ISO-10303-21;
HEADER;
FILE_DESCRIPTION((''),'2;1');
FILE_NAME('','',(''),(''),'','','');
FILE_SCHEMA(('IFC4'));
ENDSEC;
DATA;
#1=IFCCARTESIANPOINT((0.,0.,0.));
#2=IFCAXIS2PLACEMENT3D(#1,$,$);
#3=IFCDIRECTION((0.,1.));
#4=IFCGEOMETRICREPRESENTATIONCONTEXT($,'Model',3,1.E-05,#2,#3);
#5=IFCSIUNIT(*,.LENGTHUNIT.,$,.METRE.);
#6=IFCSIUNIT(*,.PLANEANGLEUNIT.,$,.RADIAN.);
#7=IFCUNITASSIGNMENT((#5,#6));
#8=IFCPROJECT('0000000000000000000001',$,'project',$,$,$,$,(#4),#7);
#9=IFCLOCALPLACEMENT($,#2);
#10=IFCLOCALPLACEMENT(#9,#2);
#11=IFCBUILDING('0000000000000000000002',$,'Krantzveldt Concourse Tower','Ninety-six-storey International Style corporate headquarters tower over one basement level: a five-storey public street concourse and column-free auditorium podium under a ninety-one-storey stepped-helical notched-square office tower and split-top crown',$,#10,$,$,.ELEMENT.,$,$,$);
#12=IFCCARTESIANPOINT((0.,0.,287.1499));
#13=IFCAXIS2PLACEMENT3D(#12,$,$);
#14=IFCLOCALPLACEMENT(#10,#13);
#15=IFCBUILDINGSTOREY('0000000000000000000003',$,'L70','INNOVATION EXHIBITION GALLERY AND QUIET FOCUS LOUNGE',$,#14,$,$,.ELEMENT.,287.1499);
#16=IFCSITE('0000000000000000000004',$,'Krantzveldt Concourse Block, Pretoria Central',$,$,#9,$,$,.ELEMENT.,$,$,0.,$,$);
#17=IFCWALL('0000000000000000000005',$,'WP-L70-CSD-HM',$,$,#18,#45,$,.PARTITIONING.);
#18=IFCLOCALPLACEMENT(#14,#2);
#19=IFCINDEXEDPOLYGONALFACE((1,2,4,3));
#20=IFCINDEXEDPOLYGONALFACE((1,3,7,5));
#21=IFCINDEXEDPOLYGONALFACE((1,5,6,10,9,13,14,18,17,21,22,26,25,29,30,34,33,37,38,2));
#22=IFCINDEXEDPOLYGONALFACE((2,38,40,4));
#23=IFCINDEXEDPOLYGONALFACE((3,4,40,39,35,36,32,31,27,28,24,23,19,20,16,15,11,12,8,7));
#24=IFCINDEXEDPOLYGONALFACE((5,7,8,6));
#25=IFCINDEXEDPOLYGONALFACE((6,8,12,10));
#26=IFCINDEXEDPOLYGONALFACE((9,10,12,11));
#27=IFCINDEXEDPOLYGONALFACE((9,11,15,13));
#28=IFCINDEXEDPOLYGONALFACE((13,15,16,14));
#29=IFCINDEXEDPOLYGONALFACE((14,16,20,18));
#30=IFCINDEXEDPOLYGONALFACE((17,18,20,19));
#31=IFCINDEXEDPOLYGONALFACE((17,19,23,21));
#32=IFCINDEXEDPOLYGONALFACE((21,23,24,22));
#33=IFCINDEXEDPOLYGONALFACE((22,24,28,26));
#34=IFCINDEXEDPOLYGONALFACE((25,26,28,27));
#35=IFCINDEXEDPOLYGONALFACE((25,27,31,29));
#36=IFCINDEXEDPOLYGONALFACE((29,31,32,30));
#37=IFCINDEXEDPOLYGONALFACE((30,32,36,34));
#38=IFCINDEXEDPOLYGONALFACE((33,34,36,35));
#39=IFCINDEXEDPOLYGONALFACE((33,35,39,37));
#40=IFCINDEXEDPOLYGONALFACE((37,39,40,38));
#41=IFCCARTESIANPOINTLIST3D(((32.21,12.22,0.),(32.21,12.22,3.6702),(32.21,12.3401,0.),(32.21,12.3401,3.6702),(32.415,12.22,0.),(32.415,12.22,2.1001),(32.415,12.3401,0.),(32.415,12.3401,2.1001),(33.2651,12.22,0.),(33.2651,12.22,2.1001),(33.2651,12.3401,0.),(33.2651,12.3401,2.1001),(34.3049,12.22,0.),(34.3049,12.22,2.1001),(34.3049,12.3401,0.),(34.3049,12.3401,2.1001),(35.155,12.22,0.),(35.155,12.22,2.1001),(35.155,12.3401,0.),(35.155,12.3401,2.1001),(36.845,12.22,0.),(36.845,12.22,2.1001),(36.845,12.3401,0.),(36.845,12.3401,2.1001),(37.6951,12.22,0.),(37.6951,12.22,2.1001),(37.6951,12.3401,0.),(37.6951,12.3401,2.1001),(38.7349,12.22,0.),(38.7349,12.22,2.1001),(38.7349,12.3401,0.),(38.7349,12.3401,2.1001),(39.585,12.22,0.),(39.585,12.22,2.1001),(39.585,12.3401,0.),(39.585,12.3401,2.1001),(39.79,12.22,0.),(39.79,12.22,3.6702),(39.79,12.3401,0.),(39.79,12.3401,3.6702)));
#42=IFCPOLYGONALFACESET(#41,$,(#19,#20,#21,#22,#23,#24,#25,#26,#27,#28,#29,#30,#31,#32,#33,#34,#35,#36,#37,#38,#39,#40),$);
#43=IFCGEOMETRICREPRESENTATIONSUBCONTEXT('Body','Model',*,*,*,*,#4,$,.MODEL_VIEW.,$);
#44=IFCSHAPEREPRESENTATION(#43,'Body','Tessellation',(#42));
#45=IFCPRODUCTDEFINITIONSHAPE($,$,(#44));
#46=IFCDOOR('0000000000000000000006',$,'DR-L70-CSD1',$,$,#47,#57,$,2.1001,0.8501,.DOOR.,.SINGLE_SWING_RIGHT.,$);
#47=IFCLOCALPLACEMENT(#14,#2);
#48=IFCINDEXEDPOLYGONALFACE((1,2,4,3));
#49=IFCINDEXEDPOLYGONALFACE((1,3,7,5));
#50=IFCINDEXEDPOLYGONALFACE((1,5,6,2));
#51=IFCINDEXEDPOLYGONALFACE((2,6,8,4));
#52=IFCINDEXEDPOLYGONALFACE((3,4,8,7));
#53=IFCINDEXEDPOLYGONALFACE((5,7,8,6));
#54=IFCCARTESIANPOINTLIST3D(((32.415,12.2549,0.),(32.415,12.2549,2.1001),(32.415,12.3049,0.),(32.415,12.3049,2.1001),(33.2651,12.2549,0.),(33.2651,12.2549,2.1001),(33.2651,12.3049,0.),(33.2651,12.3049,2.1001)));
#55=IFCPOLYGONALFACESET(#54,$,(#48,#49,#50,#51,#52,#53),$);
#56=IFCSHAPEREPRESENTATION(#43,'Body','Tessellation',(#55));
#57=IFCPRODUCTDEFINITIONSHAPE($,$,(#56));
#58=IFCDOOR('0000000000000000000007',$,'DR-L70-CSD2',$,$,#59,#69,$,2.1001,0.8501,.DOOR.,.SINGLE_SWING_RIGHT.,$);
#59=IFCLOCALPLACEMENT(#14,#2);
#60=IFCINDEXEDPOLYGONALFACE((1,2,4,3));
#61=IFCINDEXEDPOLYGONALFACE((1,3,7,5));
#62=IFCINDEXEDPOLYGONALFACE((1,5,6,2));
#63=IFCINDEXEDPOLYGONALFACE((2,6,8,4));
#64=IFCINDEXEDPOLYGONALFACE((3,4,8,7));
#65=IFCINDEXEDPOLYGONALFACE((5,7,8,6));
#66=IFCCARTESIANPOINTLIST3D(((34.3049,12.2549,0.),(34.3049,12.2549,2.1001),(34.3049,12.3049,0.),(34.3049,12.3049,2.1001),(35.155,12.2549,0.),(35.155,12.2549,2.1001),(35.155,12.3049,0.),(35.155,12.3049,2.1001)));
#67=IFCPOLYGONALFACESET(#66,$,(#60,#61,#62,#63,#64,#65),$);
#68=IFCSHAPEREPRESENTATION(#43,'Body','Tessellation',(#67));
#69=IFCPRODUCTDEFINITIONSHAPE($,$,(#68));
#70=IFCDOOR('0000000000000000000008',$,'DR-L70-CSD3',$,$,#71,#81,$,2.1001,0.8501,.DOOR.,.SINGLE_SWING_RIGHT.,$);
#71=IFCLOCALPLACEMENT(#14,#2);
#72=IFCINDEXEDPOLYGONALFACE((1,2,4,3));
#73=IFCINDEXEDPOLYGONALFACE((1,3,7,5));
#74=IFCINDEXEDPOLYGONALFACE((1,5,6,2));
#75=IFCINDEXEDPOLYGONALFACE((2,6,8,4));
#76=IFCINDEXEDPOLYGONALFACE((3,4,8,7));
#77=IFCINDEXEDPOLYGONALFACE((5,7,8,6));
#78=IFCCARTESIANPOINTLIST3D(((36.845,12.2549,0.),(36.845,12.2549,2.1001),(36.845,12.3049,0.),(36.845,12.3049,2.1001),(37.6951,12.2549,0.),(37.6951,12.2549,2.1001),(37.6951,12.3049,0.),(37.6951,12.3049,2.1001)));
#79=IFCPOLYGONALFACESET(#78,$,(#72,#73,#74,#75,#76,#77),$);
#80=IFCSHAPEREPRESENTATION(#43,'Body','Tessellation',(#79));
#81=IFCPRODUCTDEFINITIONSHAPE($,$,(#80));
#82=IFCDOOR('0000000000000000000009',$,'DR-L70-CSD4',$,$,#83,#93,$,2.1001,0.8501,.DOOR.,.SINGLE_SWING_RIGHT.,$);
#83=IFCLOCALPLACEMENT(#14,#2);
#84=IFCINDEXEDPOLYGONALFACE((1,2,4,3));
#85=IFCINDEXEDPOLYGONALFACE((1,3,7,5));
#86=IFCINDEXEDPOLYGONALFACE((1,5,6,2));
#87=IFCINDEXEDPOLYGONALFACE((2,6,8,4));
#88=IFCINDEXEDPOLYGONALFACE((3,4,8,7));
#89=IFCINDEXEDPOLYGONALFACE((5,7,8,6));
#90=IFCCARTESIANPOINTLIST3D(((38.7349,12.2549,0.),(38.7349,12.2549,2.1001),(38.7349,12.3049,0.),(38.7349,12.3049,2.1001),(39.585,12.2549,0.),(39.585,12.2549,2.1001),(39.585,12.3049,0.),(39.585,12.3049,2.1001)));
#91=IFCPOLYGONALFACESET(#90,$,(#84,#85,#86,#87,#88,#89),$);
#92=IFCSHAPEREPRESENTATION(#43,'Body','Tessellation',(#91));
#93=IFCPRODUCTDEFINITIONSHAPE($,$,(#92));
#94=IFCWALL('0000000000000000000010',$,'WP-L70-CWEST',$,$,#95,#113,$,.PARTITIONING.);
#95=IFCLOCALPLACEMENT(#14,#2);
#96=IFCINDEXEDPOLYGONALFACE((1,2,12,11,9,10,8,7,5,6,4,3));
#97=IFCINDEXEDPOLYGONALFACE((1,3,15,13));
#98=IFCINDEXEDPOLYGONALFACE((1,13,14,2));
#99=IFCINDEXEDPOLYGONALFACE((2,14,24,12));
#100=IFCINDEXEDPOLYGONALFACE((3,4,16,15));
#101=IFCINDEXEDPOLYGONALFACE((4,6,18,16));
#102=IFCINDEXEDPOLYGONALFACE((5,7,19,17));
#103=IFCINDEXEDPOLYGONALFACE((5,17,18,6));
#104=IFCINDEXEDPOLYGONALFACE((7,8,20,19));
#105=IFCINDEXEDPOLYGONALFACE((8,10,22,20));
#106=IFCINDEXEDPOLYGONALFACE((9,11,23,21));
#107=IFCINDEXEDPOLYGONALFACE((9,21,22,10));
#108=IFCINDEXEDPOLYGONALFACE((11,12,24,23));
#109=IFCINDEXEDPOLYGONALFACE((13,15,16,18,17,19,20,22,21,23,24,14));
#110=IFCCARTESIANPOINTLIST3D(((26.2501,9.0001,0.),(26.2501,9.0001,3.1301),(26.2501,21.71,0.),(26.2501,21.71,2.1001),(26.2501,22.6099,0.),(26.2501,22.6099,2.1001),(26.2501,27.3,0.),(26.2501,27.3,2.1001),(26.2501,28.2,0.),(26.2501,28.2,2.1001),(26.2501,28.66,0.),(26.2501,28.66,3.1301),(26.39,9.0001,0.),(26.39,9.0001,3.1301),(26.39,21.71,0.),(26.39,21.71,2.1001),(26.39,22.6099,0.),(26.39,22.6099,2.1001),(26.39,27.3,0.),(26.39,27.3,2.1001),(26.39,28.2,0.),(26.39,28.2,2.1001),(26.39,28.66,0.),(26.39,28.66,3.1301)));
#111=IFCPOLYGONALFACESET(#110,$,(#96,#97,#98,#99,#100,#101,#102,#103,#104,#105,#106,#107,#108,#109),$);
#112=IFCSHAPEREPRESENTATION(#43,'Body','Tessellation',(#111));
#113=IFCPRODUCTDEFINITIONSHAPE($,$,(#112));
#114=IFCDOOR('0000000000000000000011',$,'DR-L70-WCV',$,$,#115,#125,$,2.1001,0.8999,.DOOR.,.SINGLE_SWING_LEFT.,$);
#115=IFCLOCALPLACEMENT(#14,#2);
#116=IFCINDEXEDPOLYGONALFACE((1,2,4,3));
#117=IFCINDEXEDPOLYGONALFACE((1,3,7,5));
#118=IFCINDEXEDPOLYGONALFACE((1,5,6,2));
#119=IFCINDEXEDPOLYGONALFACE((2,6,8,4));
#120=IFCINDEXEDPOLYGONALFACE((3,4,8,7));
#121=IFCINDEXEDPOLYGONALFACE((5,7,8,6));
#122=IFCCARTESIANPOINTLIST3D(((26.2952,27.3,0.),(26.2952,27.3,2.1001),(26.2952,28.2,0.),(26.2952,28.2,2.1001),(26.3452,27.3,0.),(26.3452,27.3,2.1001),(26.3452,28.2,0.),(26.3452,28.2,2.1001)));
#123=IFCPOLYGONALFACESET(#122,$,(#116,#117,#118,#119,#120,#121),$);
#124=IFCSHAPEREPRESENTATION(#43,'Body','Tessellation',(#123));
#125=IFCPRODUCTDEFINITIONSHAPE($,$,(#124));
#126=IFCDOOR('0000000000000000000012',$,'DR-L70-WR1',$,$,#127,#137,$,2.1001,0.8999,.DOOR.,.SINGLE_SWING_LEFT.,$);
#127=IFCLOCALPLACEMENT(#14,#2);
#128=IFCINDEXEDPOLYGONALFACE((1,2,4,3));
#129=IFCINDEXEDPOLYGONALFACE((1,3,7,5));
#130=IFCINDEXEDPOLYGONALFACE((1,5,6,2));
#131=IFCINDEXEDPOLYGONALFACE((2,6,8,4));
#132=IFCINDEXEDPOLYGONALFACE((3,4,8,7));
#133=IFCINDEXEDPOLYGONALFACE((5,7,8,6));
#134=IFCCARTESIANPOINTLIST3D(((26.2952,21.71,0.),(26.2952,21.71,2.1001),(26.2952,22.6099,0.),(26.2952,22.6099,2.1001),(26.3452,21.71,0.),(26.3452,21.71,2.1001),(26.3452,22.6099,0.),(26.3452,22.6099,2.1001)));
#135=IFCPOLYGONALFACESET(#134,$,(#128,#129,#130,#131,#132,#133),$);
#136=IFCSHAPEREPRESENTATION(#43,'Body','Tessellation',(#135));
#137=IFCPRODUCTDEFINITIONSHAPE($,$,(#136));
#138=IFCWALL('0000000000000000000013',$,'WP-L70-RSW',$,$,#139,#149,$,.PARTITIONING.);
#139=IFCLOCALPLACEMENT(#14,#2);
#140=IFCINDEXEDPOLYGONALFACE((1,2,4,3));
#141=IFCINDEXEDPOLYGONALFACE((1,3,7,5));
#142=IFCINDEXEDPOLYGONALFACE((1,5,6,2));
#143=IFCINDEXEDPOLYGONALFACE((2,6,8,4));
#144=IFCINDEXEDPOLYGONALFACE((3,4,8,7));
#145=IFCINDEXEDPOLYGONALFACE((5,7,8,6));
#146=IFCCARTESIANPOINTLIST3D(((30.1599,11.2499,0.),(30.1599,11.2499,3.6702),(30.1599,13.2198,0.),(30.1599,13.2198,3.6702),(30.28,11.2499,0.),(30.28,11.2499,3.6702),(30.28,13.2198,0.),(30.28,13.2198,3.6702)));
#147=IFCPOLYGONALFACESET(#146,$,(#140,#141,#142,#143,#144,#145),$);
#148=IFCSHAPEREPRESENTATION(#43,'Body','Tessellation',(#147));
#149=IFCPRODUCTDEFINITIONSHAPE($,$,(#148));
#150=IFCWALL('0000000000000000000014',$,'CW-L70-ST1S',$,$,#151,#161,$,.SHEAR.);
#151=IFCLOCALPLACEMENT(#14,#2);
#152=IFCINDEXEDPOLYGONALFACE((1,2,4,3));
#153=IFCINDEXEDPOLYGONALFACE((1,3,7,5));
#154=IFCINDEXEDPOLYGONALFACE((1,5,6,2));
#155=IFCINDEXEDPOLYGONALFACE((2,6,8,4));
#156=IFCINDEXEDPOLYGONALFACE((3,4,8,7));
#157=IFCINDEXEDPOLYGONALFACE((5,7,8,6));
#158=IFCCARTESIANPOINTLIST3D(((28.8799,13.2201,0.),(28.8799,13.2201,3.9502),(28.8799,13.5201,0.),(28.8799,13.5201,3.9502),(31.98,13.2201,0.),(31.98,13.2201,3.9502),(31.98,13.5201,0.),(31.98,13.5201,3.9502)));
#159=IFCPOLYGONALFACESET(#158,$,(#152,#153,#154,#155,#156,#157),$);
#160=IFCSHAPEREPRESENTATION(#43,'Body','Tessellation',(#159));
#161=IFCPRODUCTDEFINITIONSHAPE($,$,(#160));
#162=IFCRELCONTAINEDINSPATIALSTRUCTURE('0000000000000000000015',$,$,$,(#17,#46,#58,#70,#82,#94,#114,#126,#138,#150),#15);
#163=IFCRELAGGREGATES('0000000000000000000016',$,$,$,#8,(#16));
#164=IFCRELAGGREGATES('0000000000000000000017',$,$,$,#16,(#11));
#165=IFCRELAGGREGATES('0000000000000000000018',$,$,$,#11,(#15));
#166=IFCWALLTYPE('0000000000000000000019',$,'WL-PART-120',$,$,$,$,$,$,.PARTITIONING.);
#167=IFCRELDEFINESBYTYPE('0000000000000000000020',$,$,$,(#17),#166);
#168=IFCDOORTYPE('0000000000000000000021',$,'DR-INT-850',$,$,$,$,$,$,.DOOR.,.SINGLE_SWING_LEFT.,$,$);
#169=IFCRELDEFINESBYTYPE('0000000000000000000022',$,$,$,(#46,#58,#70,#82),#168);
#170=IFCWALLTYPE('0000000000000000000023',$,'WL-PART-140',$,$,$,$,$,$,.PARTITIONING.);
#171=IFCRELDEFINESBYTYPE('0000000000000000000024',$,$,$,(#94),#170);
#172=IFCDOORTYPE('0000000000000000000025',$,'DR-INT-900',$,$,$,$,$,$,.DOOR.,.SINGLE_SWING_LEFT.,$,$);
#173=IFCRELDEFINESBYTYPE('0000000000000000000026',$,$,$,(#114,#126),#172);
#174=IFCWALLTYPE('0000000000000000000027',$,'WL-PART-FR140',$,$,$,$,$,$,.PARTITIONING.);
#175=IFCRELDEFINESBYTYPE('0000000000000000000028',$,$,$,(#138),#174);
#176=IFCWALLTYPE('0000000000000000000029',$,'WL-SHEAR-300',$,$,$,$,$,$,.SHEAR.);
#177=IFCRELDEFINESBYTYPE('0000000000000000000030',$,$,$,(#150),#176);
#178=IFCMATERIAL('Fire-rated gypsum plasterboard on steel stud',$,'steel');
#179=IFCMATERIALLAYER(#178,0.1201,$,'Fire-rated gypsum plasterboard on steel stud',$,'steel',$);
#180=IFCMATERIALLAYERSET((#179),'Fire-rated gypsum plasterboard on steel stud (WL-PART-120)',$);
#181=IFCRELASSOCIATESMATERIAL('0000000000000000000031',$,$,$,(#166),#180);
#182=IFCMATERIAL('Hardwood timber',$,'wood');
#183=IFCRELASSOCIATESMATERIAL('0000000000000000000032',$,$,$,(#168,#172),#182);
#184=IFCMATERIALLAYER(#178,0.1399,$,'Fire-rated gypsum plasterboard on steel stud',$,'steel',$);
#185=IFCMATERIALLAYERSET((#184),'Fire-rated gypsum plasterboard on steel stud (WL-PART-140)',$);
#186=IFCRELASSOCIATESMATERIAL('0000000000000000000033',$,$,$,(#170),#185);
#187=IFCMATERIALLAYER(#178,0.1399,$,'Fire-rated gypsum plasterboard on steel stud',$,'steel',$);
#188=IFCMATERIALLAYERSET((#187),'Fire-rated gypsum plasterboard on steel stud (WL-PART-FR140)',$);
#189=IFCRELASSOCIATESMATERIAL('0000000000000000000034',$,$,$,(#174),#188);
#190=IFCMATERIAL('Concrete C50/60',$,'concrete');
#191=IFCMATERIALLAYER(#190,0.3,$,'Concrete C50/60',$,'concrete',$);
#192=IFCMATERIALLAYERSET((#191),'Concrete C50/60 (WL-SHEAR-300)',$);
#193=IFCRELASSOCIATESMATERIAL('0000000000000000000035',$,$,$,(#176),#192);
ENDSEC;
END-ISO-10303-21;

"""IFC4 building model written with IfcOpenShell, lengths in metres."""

from ifc_helpers import new_model, si_unit, direction, frame, frame_2d, origin, place, context, subcontext, project, spatial, rectangle, extrude, material, layer, layer_set, type_object, element, fill, save


model = new_model("IFC4")

# Units and contexts
model_context = context("Model", 3, precision=1e-05, world=origin(), true_north=direction((0.0, 1.0)))
body_context = subcontext(model_context, "Body", "Model", "MODEL_VIEW")
ifc_project = project(units=[si_unit("LENGTHUNIT", "METRE"), si_unit("PLANEANGLEUNIT", "RADIAN")], contexts=[model_context])

# Site, building, storey
site_placement = place(None, origin())
site = spatial("IfcSite", under=ifc_project, at=site_placement, Name="Krantzveldt Concourse Block, Pretoria Central", CompositionType="ELEMENT", RefElevation=0.0)
building_placement = place(site_placement, origin())
building = spatial("IfcBuilding", under=site, at=building_placement, Name="Krantzveldt Concourse Tower", Description="Ninety-six-storey International Style corporate headquarters tower over one basement level: a five-storey public street concourse and column-free auditorium podium under a ninety-one-storey stepped-helical notched-square office tower and split-top crown", CompositionType="ELEMENT")
storey_placement = place(building_placement, frame((0.0, 0.0, 287.1499)))
storey = spatial("IfcBuildingStorey", under=building, at=storey_placement, Name="L70", Description="INNOVATION EXHIBITION GALLERY AND QUIET FOCUS LOUNGE", CompositionType="ELEMENT", Elevation=287.1499)

# Shared definitions
ifc_material_1 = material(Name="Fire-rated gypsum plasterboard on steel stud", Category="steel")
ifc_layer_1 = layer(ifc_material_1, 0.1201, Name="Fire-rated gypsum plasterboard on steel stud", Category="steel")
ifc_layer_set_1 = layer_set([ifc_layer_1], Name="Fire-rated gypsum plasterboard on steel stud (WL-PART-120)")
wall_type_1 = type_object("IfcWallType", Name="WL-PART-120", PredefinedType="PARTITIONING", material=ifc_layer_set_1)
ifc_material_2 = material(Name="Hardwood timber", Category="wood")
door_type_1 = type_object("IfcDoorType", Name="DR-INT-850", OperationType="SINGLE_SWING_LEFT", PredefinedType="DOOR", material=ifc_material_2)

# Walls, openings, doors
wall_1_placement = place(storey_placement, frame((32.21, 12.28, 0.0), z_axis=(0.0, 0.0, 1.0), x_axis=(1.0, 0.0, 0.0)))
wall_1 = element("IfcWall", 1, at=wall_1_placement, inside=storey, type_object=wall_type_1, Name="WP-L70-CSD-HM", PredefinedType="PARTITIONING", context=body_context, shape_type="SweptSolid", body=[
    extrude(rectangle(XDim=7.5801, YDim=0.1201, at=frame_2d((3.79, 0.0))), origin(), (0.0, 0.0, 1.0), 3.6702),
])
opening_1_placement = place(wall_1_placement, frame((0.2051, 0.0, 0.0)))
opening_1 = element("IfcOpeningElement", 2, at=opening_1_placement, cuts=wall_1, PredefinedType="OPENING", context=body_context, shape_type="SweptSolid", body=[
    extrude(rectangle(XDim=0.8501, YDim=2.1001, at=frame_2d((0.425, 1.05))), frame((0.0, 0.0701, 0.0), z_axis=(0.0, -1.0, 0.0), x_axis=(1.0, 0.0, 0.0)), (0.0, 0.0, 1.0), 0.1401),
])
opening_2_placement = place(wall_1_placement, frame((2.095, 0.0, 0.0)))
opening_2 = element("IfcOpeningElement", 3, at=opening_2_placement, cuts=wall_1, PredefinedType="OPENING", context=body_context, shape_type="SweptSolid", body=[
    extrude(rectangle(XDim=0.8501, YDim=2.1001, at=frame_2d((0.425, 1.05))), frame((0.0, 0.0701, 0.0), z_axis=(0.0, -1.0, 0.0), x_axis=(1.0, 0.0, 0.0)), (0.0, 0.0, 1.0), 0.1401),
])
opening_3_placement = place(wall_1_placement, frame((4.635, 0.0, 0.0)))
opening_3 = element("IfcOpeningElement", 4, at=opening_3_placement, cuts=wall_1, PredefinedType="OPENING", context=body_context, shape_type="SweptSolid", body=[
    extrude(rectangle(XDim=0.8501, YDim=2.1001, at=frame_2d((0.425, 1.05))), frame((0.0, 0.0701, 0.0), z_axis=(0.0, -1.0, 0.0), x_axis=(1.0, 0.0, 0.0)), (0.0, 0.0, 1.0), 0.1401),
])
opening_4_placement = place(wall_1_placement, frame((6.5249, 0.0, 0.0)))
opening_4 = element("IfcOpeningElement", 5, at=opening_4_placement, cuts=wall_1, PredefinedType="OPENING", context=body_context, shape_type="SweptSolid", body=[
    extrude(rectangle(XDim=0.8501, YDim=2.1001, at=frame_2d((0.425, 1.05))), frame((0.0, 0.0701, 0.0), z_axis=(0.0, -1.0, 0.0), x_axis=(1.0, 0.0, 0.0)), (0.0, 0.0, 1.0), 0.1401),
])
door_1_placement = place(opening_1_placement, origin())
door_1 = element("IfcDoor", 6, at=door_1_placement, inside=storey, type_object=door_type_1, Name="DR-L70-CSD1", OperationType="SINGLE_SWING_RIGHT", OverallHeight=2.1001, OverallWidth=0.8501, PredefinedType="DOOR", context=body_context, shape_type="SweptSolid", body=[
    extrude(rectangle(XDim=0.8501, YDim=2.1001, at=frame_2d((0.425, 1.05))), frame((0.0, 0.0249, 0.0), z_axis=(0.0, -1.0, 0.0), x_axis=(1.0, 0.0, 0.0)), (0.0, 0.0, 1.0), 0.05),
])
fill(opening_1, door_1)
door_2_placement = place(opening_2_placement, origin())
door_2 = element("IfcDoor", 7, at=door_2_placement, inside=storey, type_object=door_type_1, Name="DR-L70-CSD2", OperationType="SINGLE_SWING_RIGHT", OverallHeight=2.1001, OverallWidth=0.8501, PredefinedType="DOOR", context=body_context, shape_type="SweptSolid", body=[
    extrude(rectangle(XDim=0.8501, YDim=2.1001, at=frame_2d((0.425, 1.05))), frame((0.0, 0.0249, 0.0), z_axis=(0.0, -1.0, 0.0), x_axis=(1.0, 0.0, 0.0)), (0.0, 0.0, 1.0), 0.05),
])
fill(opening_2, door_2)
door_3_placement = place(opening_3_placement, origin())
door_3 = element("IfcDoor", 8, at=door_3_placement, inside=storey, type_object=door_type_1, Name="DR-L70-CSD3", OperationType="SINGLE_SWING_RIGHT", OverallHeight=2.1001, OverallWidth=0.8501, PredefinedType="DOOR", context=body_context, shape_type="SweptSolid", body=[
    extrude(rectangle(XDim=0.8501, YDim=2.1001, at=frame_2d((0.425, 1.05))), frame((0.0, 0.0249, 0.0), z_axis=(0.0, -1.0, 0.0), x_axis=(1.0, 0.0, 0.0)), (0.0, 0.0, 1.0), 0.05),
])
fill(opening_3, door_3)
door_4_placement = place(opening_4_placement, origin())
door_4 = element("IfcDoor", 9, at=door_4_placement, inside=storey, type_object=door_type_1, Name="DR-L70-CSD4", OperationType="SINGLE_SWING_RIGHT", OverallHeight=2.1001, OverallWidth=0.8501, PredefinedType="DOOR", context=body_context, shape_type="SweptSolid", body=[
    extrude(rectangle(XDim=0.8501, YDim=2.1001, at=frame_2d((0.425, 1.05))), frame((0.0, 0.0249, 0.0), z_axis=(0.0, -1.0, 0.0), x_axis=(1.0, 0.0, 0.0)), (0.0, 0.0, 1.0), 0.05),
])
fill(opening_4, door_4)
ifc_layer_2 = layer(ifc_material_1, 0.1399, Name="Fire-rated gypsum plasterboard on steel stud", Category="steel")
ifc_layer_set_2 = layer_set([ifc_layer_2], Name="Fire-rated gypsum plasterboard on steel stud (WL-PART-140)")
wall_type_2 = type_object("IfcWallType", Name="WL-PART-140", PredefinedType="PARTITIONING", material=ifc_layer_set_2)
wall_2_placement = place(storey_placement, frame((26.3201, 9.0, 0.0), z_axis=(0.0, 0.0, 1.0), x_axis=(0.0, 1.0, 0.0)))
wall_2 = element("IfcWall", 10, at=wall_2_placement, inside=storey, type_object=wall_type_2, Name="WP-L70-CWEST", PredefinedType="PARTITIONING", context=body_context, shape_type="SweptSolid", body=[
    extrude(rectangle(XDim=19.6599, YDim=0.1399, at=frame_2d((9.8301, 0.0))), origin(), (0.0, 0.0, 1.0), 3.1301),
])
opening_5_placement = place(wall_2_placement, frame((18.3, 0.0, 0.0)))
opening_5 = element("IfcOpeningElement", 11, at=opening_5_placement, cuts=wall_2, PredefinedType="OPENING", context=body_context, shape_type="SweptSolid", body=[
    extrude(rectangle(XDim=0.8999, YDim=2.1001, at=frame_2d((0.45, 1.05))), frame((0.0, 0.0801, 0.0), z_axis=(0.0, -1.0, 0.0), x_axis=(1.0, 0.0, 0.0)), (0.0, 0.0, 1.0), 0.1599),
])
opening_6_placement = place(wall_2_placement, frame((12.71, 0.0, 0.0)))
opening_6 = element("IfcOpeningElement", 12, at=opening_6_placement, cuts=wall_2, PredefinedType="OPENING", context=body_context, shape_type="SweptSolid", body=[
    extrude(rectangle(XDim=0.8999, YDim=2.1001, at=frame_2d((0.45, 1.05))), frame((0.0, 0.0801, 0.0), z_axis=(0.0, -1.0, 0.0), x_axis=(1.0, 0.0, 0.0)), (0.0, 0.0, 1.0), 0.1599),
])
door_type_2 = type_object("IfcDoorType", Name="DR-INT-900", OperationType="SINGLE_SWING_LEFT", PredefinedType="DOOR", material=ifc_material_2)
door_5_placement = place(opening_5_placement, origin())
door_5 = element("IfcDoor", 13, at=door_5_placement, inside=storey, type_object=door_type_2, Name="DR-L70-WCV", OperationType="SINGLE_SWING_LEFT", OverallHeight=2.1001, OverallWidth=0.8999, PredefinedType="DOOR", context=body_context, shape_type="SweptSolid", body=[
    extrude(rectangle(XDim=0.8999, YDim=2.1001, at=frame_2d((0.45, 1.05))), frame((0.0, 0.0249, 0.0), z_axis=(0.0, -1.0, 0.0), x_axis=(1.0, 0.0, 0.0)), (0.0, 0.0, 1.0), 0.05),
])
fill(opening_5, door_5)
door_6_placement = place(opening_6_placement, origin())
door_6 = element("IfcDoor", 14, at=door_6_placement, inside=storey, type_object=door_type_2, Name="DR-L70-WR1", OperationType="SINGLE_SWING_LEFT", OverallHeight=2.1001, OverallWidth=0.8999, PredefinedType="DOOR", context=body_context, shape_type="SweptSolid", body=[
    extrude(rectangle(XDim=0.8999, YDim=2.1001, at=frame_2d((0.45, 1.05))), frame((0.0, 0.0249, 0.0), z_axis=(0.0, -1.0, 0.0), x_axis=(1.0, 0.0, 0.0)), (0.0, 0.0, 1.0), 0.05),
])
fill(opening_6, door_6)

# Walls
ifc_layer_3 = layer(ifc_material_1, 0.1399, Name="Fire-rated gypsum plasterboard on steel stud", Category="steel")
ifc_layer_set_3 = layer_set([ifc_layer_3], Name="Fire-rated gypsum plasterboard on steel stud (WL-PART-FR140)")
wall_type_3 = type_object("IfcWallType", Name="WL-PART-FR140", PredefinedType="PARTITIONING", material=ifc_layer_set_3)
wall_3_placement = place(storey_placement, frame((30.22, 11.25, 0.0), z_axis=(0.0, 0.0, 1.0), x_axis=(0.0, 1.0, 0.0)))
element("IfcWall", 15, at=wall_3_placement, inside=storey, type_object=wall_type_3, Name="WP-L70-RSW", PredefinedType="PARTITIONING", context=body_context, shape_type="SweptSolid", body=[
    extrude(rectangle(XDim=1.97, YDim=0.1201, at=frame_2d((0.9849, 0.0))), origin(), (0.0, 0.0, 1.0), 3.6702),
])
ifc_material_3 = material(Name="Concrete C50/60", Category="concrete")
ifc_layer_4 = layer(ifc_material_3, 0.3, Name="Concrete C50/60", Category="concrete")
ifc_layer_set_4 = layer_set([ifc_layer_4], Name="Concrete C50/60 (WL-SHEAR-300)")
wall_type_4 = type_object("IfcWallType", Name="WL-SHEAR-300", PredefinedType="SHEAR", material=ifc_layer_set_4)
wall_4_placement = place(storey_placement, frame((28.8799, 13.3701, 0.0), z_axis=(0.0, 0.0, 1.0), x_axis=(1.0, 0.0, 0.0)))
element("IfcWall", 16, at=wall_4_placement, inside=storey, type_object=wall_type_4, Name="CW-L70-ST1S", PredefinedType="SHEAR", context=body_context, shape_type="SweptSolid", body=[
    extrude(rectangle(XDim=3.1001, YDim=0.3, at=frame_2d((1.55, 0.0))), origin(), (0.0, 0.0, 1.0), 3.9502),
])

save(model, "model.ifc")
